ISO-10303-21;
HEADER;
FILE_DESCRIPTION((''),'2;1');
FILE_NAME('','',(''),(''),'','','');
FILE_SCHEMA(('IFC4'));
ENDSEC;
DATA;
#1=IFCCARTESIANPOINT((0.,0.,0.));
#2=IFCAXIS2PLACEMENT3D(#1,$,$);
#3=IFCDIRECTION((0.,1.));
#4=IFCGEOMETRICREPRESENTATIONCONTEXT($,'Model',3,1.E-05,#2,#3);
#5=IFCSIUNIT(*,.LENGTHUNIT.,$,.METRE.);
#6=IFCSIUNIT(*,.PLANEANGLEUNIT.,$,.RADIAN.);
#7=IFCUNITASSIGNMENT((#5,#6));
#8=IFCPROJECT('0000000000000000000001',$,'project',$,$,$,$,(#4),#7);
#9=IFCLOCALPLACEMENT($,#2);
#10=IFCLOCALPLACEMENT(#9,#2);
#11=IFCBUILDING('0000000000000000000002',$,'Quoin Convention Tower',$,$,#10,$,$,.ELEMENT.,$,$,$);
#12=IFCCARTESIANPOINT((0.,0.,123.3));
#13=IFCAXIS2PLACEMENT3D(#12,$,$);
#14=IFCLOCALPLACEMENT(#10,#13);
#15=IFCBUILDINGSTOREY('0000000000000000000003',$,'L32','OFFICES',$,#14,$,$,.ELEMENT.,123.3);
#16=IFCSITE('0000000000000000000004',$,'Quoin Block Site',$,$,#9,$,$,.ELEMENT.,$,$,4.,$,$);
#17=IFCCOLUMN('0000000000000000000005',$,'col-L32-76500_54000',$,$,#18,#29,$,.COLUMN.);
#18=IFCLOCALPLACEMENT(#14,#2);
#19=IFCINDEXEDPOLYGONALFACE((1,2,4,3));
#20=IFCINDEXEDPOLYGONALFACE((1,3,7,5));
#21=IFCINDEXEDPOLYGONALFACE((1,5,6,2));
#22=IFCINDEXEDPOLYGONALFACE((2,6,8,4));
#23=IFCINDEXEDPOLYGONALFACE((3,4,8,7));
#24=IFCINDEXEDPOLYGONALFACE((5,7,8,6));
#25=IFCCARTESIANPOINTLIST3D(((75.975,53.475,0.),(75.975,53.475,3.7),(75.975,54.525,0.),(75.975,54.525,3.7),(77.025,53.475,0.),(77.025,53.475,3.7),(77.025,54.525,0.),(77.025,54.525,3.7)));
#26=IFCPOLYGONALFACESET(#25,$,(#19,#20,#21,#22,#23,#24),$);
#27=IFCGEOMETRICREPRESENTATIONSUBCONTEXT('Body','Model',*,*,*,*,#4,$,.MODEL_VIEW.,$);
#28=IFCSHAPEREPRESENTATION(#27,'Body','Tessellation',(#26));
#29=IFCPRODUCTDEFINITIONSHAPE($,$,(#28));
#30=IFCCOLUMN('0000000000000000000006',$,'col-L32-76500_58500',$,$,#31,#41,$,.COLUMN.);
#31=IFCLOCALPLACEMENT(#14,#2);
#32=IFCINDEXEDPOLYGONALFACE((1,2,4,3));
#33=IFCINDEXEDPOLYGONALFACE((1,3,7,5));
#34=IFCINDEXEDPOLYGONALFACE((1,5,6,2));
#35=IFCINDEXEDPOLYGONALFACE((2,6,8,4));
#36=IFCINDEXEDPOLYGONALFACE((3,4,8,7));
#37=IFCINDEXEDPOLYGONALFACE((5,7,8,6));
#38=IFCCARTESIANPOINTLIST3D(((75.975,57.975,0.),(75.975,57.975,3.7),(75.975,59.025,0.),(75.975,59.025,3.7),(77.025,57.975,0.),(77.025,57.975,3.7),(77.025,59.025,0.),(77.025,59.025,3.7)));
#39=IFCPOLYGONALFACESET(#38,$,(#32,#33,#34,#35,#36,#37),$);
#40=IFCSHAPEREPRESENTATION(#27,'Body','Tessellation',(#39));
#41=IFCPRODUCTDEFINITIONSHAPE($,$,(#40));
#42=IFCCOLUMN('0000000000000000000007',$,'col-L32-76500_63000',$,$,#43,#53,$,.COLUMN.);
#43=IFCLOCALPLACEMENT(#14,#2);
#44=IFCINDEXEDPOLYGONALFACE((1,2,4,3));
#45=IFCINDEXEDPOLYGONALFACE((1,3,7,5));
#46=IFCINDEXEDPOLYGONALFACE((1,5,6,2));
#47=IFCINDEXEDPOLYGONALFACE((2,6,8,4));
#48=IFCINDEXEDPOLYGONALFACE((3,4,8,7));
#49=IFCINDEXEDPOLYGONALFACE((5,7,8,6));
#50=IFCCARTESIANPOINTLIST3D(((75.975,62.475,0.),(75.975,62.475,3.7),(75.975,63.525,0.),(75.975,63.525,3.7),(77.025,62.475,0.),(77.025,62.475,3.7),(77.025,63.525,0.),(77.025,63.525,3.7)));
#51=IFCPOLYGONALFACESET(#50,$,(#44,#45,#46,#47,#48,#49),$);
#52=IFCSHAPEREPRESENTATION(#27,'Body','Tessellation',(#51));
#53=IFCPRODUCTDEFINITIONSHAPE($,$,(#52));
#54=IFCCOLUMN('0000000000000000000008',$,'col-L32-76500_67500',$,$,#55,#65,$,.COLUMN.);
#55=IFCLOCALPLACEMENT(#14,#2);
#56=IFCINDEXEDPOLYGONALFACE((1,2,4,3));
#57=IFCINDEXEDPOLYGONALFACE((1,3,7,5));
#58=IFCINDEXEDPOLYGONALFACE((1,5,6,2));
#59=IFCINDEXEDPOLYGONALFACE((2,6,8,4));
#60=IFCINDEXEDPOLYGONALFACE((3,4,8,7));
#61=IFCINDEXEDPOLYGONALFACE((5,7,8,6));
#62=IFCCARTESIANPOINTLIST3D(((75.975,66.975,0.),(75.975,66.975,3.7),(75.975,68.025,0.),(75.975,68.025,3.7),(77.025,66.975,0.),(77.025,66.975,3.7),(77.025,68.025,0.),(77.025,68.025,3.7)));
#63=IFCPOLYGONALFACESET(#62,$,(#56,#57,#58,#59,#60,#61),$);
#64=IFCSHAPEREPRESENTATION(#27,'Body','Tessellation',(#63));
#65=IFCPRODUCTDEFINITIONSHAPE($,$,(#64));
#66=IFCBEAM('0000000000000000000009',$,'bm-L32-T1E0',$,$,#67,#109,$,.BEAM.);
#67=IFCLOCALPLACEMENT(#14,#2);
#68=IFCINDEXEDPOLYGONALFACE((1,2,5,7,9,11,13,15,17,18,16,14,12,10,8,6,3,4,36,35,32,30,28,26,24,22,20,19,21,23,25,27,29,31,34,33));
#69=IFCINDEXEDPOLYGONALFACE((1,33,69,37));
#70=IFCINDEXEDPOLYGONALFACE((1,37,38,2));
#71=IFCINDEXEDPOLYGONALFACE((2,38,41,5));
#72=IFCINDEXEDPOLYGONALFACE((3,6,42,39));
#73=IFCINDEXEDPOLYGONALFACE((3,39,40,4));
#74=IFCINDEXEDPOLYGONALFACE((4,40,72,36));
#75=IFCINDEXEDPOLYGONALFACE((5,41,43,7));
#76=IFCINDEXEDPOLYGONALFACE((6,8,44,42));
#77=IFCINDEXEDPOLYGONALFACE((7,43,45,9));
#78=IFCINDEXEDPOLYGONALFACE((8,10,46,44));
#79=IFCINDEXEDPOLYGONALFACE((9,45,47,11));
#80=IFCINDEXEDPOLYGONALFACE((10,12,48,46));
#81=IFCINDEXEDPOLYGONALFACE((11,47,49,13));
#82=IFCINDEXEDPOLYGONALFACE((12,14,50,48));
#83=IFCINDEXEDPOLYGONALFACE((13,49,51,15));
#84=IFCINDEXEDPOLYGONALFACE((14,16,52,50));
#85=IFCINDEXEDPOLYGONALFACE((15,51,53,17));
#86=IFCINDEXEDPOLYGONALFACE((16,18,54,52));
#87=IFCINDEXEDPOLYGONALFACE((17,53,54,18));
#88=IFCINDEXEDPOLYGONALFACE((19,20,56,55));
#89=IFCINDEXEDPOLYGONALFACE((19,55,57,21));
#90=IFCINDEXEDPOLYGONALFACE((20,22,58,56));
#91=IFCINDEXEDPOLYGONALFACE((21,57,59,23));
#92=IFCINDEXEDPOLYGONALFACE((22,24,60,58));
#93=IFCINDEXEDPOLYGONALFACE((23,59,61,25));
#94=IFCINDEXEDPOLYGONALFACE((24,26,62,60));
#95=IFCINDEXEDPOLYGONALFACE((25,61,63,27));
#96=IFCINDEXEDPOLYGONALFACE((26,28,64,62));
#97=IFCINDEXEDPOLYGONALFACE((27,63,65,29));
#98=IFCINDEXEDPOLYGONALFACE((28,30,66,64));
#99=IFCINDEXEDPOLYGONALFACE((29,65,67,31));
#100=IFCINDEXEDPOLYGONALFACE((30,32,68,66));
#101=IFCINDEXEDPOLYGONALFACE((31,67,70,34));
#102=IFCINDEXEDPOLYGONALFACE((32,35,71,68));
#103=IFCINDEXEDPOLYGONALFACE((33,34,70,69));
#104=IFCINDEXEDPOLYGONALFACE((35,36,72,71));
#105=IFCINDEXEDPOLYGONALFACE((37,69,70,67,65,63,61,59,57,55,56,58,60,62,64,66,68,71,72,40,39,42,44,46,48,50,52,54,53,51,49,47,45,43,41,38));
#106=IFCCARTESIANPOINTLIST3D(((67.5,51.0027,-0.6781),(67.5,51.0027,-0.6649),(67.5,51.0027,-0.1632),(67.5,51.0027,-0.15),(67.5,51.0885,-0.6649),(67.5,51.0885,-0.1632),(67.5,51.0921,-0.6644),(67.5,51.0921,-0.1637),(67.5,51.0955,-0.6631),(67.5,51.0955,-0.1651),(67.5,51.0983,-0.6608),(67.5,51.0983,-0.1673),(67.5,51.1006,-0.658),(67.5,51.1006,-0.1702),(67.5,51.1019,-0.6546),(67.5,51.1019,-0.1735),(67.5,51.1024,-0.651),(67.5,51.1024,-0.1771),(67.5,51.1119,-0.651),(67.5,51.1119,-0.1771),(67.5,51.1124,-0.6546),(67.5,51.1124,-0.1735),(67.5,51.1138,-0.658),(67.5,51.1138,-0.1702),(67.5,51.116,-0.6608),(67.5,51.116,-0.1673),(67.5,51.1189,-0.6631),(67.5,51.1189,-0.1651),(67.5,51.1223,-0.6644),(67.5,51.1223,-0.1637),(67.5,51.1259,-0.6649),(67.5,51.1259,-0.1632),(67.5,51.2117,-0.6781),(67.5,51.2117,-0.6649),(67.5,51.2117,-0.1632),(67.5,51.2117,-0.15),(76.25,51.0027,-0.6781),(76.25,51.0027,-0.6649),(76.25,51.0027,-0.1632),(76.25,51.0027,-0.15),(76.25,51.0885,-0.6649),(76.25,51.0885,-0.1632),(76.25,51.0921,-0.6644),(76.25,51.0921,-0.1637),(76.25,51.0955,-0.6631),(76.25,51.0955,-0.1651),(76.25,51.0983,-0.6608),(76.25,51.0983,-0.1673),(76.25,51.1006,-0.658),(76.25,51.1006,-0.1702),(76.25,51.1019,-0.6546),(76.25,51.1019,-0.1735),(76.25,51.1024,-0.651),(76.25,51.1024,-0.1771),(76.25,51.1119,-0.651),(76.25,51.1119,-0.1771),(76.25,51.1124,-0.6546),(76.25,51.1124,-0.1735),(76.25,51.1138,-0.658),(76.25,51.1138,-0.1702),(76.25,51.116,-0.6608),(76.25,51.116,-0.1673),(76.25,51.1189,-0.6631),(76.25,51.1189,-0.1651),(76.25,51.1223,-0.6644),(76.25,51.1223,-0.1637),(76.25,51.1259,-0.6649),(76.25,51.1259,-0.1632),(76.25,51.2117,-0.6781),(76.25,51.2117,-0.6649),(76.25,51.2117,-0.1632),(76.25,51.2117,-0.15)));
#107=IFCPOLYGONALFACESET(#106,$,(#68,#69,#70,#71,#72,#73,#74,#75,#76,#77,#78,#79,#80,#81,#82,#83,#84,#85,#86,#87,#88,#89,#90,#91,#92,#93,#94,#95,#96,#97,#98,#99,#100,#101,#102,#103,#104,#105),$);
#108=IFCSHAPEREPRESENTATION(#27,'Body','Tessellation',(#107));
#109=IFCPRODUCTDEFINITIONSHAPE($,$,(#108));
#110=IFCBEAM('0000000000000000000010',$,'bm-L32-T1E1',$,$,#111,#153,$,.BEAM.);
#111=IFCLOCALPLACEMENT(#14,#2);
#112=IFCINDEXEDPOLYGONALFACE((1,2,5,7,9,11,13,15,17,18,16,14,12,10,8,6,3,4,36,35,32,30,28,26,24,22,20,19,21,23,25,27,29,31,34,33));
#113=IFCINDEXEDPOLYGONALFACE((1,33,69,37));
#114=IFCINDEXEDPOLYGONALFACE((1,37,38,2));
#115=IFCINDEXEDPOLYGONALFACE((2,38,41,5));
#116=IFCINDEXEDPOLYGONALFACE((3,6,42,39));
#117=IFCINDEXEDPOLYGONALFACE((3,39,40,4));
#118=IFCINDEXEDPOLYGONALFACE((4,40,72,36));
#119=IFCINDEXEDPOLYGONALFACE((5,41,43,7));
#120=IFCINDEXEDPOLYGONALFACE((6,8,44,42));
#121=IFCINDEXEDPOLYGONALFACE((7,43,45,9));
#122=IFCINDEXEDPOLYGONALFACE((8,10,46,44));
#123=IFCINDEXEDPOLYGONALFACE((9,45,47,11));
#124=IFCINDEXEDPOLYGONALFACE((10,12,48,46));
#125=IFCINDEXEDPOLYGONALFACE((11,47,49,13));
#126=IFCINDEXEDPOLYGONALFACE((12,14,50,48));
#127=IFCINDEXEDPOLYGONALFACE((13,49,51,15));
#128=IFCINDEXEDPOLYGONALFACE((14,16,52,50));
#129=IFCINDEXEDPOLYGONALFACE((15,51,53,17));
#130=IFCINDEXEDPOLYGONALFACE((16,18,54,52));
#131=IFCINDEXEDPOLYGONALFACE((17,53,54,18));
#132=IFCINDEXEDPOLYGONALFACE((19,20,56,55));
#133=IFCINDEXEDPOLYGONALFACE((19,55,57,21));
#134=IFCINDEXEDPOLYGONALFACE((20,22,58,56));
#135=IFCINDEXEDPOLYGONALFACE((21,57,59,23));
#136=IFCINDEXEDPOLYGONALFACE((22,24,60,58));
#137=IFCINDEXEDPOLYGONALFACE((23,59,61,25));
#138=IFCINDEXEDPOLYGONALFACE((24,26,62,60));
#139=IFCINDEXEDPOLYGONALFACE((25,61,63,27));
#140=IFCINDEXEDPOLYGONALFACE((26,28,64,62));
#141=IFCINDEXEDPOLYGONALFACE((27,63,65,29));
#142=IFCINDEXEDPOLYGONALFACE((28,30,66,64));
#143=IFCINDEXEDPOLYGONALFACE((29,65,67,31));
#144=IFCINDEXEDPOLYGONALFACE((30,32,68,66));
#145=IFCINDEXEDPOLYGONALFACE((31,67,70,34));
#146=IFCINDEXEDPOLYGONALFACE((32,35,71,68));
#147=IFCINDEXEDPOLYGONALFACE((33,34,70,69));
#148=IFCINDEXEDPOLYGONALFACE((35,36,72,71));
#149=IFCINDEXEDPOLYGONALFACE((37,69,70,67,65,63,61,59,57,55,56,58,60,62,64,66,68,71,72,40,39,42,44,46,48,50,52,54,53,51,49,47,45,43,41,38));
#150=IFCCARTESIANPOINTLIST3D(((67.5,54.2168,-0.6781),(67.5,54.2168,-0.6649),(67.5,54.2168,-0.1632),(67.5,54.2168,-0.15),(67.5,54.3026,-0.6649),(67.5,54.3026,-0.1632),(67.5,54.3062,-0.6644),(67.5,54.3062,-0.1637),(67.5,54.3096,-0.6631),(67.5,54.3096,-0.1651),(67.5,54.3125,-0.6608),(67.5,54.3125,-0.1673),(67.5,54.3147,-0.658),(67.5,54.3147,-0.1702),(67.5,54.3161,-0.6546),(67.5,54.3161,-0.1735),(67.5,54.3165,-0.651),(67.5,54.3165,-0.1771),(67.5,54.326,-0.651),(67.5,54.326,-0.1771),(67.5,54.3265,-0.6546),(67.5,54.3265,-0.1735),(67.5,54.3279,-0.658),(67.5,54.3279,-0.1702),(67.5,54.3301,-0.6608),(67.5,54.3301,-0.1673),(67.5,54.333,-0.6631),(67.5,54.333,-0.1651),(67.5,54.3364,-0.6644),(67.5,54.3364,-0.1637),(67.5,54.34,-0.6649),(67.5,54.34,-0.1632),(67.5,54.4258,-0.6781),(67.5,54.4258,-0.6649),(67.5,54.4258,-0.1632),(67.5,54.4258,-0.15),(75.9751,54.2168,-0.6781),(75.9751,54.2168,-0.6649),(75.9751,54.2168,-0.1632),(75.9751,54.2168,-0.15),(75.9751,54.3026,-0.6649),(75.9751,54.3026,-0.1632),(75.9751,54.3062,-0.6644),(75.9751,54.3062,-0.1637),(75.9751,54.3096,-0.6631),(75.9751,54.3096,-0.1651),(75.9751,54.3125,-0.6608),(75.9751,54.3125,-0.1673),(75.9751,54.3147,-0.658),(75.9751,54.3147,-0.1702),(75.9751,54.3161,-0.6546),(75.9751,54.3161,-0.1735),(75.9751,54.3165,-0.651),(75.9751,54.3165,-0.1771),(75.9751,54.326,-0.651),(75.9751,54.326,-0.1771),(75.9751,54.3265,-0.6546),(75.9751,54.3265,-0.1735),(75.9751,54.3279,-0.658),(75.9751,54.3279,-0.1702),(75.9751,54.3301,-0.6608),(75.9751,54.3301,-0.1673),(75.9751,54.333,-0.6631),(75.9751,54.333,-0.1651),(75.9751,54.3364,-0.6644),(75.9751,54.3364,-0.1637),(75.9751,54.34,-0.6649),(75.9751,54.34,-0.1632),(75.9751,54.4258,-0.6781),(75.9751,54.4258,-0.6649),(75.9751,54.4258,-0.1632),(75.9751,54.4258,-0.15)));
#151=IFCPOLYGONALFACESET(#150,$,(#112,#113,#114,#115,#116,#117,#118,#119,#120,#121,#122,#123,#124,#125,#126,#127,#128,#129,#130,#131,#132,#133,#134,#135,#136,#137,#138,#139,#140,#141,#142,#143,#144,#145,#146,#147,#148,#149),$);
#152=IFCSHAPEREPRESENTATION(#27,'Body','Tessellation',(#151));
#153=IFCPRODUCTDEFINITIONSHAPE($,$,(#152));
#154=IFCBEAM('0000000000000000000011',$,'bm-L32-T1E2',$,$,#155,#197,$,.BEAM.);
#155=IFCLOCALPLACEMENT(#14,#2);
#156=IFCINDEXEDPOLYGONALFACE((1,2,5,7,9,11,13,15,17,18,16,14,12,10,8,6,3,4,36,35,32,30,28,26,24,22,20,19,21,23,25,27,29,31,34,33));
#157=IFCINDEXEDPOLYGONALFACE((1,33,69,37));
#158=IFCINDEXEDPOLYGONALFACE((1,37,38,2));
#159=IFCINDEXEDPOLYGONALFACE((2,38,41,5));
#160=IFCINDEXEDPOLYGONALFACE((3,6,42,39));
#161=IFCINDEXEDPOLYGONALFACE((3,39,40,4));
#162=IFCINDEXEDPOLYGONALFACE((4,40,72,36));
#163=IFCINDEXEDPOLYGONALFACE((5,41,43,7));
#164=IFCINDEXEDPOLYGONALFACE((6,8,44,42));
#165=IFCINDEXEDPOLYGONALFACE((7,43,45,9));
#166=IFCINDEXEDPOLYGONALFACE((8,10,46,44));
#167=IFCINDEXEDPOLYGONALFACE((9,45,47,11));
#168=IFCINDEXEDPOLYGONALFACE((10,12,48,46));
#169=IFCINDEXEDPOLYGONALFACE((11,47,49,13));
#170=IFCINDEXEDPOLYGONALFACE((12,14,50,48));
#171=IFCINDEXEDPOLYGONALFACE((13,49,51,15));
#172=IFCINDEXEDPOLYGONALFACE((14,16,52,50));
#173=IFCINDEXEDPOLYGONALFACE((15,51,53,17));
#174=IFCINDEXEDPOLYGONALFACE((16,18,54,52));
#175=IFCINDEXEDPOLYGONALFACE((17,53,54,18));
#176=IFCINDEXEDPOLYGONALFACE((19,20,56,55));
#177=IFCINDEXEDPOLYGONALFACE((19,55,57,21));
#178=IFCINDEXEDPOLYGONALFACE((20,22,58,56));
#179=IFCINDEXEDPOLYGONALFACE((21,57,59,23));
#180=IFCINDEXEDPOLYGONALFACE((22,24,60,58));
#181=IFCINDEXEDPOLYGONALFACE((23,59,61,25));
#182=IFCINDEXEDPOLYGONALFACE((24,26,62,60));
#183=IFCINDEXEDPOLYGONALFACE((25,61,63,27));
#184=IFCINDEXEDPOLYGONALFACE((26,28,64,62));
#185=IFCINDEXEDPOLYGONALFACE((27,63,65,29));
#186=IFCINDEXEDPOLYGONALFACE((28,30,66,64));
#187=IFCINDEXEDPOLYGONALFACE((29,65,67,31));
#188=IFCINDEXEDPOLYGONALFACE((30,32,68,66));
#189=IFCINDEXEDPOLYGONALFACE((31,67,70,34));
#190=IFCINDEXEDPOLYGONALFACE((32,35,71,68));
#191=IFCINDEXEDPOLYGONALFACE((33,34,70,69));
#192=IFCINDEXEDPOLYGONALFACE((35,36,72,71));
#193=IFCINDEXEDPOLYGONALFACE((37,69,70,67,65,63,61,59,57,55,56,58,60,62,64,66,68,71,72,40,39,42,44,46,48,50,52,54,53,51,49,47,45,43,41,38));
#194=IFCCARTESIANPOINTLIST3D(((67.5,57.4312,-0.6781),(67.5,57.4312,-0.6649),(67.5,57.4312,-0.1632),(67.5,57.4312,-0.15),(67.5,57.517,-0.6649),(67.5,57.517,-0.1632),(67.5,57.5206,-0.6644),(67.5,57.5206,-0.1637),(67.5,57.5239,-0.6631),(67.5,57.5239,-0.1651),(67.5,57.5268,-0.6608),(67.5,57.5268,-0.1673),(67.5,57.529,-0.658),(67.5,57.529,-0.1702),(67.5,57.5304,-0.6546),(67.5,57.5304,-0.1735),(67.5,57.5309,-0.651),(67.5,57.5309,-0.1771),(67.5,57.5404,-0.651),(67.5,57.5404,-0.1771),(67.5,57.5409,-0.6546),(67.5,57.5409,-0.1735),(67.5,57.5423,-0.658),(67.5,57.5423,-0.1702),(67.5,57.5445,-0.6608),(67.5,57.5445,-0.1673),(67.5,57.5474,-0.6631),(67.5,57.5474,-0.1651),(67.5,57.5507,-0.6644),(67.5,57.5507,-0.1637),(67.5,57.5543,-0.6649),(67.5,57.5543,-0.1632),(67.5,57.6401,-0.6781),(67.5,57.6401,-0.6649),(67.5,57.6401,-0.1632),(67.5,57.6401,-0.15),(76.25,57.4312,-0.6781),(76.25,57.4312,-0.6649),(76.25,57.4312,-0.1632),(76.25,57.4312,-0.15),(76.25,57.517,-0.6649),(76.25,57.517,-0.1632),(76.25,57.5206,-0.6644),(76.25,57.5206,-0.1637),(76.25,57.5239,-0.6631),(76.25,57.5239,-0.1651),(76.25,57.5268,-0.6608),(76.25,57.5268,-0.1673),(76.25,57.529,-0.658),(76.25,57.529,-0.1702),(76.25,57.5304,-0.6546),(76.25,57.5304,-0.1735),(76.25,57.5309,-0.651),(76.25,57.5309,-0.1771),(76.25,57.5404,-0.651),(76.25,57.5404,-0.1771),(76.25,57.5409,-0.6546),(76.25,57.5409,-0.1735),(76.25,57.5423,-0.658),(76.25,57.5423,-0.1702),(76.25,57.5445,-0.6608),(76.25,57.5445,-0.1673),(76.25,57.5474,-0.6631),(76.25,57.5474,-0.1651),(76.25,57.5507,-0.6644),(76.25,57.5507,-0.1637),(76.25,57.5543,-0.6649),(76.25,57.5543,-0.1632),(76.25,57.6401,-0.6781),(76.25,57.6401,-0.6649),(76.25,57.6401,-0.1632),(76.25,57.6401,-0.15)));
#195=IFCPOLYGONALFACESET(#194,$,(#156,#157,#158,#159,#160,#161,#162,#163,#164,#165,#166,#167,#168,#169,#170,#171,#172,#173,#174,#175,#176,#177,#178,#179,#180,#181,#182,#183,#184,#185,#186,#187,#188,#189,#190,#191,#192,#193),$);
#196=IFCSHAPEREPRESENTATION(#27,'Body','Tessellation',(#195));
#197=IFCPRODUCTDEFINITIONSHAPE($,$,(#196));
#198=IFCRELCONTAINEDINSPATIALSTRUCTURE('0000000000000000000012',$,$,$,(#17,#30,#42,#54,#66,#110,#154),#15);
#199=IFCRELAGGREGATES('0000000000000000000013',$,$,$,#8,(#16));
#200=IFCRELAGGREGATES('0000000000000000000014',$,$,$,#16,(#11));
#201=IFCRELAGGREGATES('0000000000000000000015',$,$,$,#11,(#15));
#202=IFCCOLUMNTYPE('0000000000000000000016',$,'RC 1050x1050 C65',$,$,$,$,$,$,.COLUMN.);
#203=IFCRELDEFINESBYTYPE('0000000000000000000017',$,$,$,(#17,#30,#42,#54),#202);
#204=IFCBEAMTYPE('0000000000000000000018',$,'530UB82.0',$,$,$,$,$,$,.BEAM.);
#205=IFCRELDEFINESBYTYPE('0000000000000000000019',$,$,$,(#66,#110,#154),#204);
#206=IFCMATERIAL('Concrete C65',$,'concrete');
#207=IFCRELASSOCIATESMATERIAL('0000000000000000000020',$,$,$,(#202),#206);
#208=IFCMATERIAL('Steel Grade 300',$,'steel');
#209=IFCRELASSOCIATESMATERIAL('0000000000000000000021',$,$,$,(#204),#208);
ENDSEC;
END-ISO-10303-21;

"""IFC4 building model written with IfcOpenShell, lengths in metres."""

from ifc_helpers import new_model, si_unit, direction, frame, origin, origin_2d, place, context, subcontext, project, spatial, rectangle, i_section, extrude, material, material_profile, profile_set, type_object, element, save


model = new_model("IFC4")

# Units and contexts
model_context = context("Model", 3, precision=1e-05, world=origin(), true_north=direction((0.0, 1.0)))
body_context = subcontext(model_context, "Body", "Model", "MODEL_VIEW")
ifc_project = project(units=[si_unit("LENGTHUNIT", "METRE"), si_unit("PLANEANGLEUNIT", "RADIAN")], contexts=[model_context])

# Site, building, storey
site_placement = place(None, origin())
site = spatial("IfcSite", under=ifc_project, at=site_placement, Name="Quoin Block Site", CompositionType="ELEMENT", RefElevation=4.0)
building_placement = place(site_placement, origin())
building = spatial("IfcBuilding", under=site, at=building_placement, Name="Quoin Convention Tower", CompositionType="ELEMENT")
storey_placement = place(building_placement, frame((0.0, 0.0, 123.3)))
storey = spatial("IfcBuildingStorey", under=building, at=storey_placement, Name="L32", Description="OFFICES", CompositionType="ELEMENT", Elevation=123.3)

# Columns
ifc_material_1 = material(Name="Concrete C65", Category="concrete")
ifc_material_profile_1 = material_profile(ifc_material_1, rectangle(XDim=1.05, YDim=1.05, at=origin_2d()), Name="RC 1050x1050")
ifc_profile_set_1 = profile_set([ifc_material_profile_1], Name="Concrete C65")
column_type = type_object("IfcColumnType", Name="RC 1050x1050 C65", PredefinedType="COLUMN", material=ifc_profile_set_1)
for number, where, z_axis, x_axis, name in (
    (1, (76.5, 54.0, 0.0), (0.0, 0.0, 1.0), (1.0, 0.0, 0.0), "col-L32-76500_54000"),
    (2, (76.5, 58.5, 0.0), (0.0, 0.0, 1.0), (1.0, 0.0, 0.0), "col-L32-76500_58500"),
    (3, (76.5, 63.0, 0.0), (0.0, 0.0, 1.0), (1.0, 0.0, 0.0), "col-L32-76500_63000"),
    (4, (76.5, 67.5, 0.0), (0.0, 0.0, 1.0), (1.0, 0.0, 0.0), "col-L32-76500_67500"),
):
    element("IfcColumn", number, at=place(storey_placement, frame(where, z_axis=z_axis, x_axis=x_axis)), inside=storey, type_object=column_type, Name=name, PredefinedType="COLUMN", context=body_context, shape_type="SweptSolid", body=[
        extrude(rectangle(XDim=1.05, YDim=1.05, at=origin_2d()), origin(), (0.0, 0.0, 1.0), 3.7),
    ])

# Beams
ifc_material_2 = material(Name="Steel Grade 300", Category="steel")
ifc_material_profile_2 = material_profile(ifc_material_2, i_section(OverallWidth=0.209, OverallDepth=0.5281, WebThickness=0.0095, FlangeThickness=0.0132, FilletRadius=0.0139, at=origin_2d()), Name="530UB82.0")
ifc_profile_set_2 = profile_set([ifc_material_profile_2], Name="Steel Grade 300")
beam_type_1 = type_object("IfcBeamType", Name="530UB82.0", PredefinedType="BEAM", material=ifc_profile_set_2)
beam_1_placement = place(storey_placement, frame((67.5, 51.1072, -0.4141), z_axis=(1.0, 0.0, 0.0), x_axis=(0.0, 1.0, 0.0)))
element("IfcBeam", 5, at=beam_1_placement, inside=storey, type_object=beam_type_1, Name="bm-L32-T1E0", PredefinedType="BEAM", context=body_context, shape_type="SweptSolid", body=[
    extrude(i_section(OverallWidth=0.209, OverallDepth=0.5281, WebThickness=0.0095, FlangeThickness=0.0132, FilletRadius=0.0139, at=origin_2d()), origin(), (0.0, 0.0, 1.0), 8.75),
])
beam_2_placement = place(storey_placement, frame((67.5, 54.3213, -0.4141), z_axis=(1.0, 0.0, 0.0), x_axis=(0.0, 1.0, 0.0)))
element("IfcBeam", 6, at=beam_2_placement, inside=storey, type_object=beam_type_1, Name="bm-L32-T1E1", PredefinedType="BEAM", context=body_context, shape_type="SweptSolid", body=[
    extrude(i_section(OverallWidth=0.209, OverallDepth=0.5281, WebThickness=0.0095, FlangeThickness=0.0132, FilletRadius=0.0139, at=origin_2d()), origin(), (0.0, 0.0, 1.0), 8.4751),
])
for number, where, z_axis, x_axis, name in (
    (7, (67.5, 57.5356, -0.4141), (1.0, 0.0, 0.0), (0.0, 1.0, 0.0), "bm-L32-T1E2"),
):
    element("IfcBeam", number, at=place(storey_placement, frame(where, z_axis=z_axis, x_axis=x_axis)), inside=storey, type_object=beam_type_1, Name=name, PredefinedType="BEAM", context=body_context, shape_type="SweptSolid", body=[
        extrude(i_section(OverallWidth=0.209, OverallDepth=0.5281, WebThickness=0.0095, FlangeThickness=0.0132, FilletRadius=0.0139, at=origin_2d()), origin(), (0.0, 0.0, 1.0), 8.75),
    ])

save(model, "model.ifc")
